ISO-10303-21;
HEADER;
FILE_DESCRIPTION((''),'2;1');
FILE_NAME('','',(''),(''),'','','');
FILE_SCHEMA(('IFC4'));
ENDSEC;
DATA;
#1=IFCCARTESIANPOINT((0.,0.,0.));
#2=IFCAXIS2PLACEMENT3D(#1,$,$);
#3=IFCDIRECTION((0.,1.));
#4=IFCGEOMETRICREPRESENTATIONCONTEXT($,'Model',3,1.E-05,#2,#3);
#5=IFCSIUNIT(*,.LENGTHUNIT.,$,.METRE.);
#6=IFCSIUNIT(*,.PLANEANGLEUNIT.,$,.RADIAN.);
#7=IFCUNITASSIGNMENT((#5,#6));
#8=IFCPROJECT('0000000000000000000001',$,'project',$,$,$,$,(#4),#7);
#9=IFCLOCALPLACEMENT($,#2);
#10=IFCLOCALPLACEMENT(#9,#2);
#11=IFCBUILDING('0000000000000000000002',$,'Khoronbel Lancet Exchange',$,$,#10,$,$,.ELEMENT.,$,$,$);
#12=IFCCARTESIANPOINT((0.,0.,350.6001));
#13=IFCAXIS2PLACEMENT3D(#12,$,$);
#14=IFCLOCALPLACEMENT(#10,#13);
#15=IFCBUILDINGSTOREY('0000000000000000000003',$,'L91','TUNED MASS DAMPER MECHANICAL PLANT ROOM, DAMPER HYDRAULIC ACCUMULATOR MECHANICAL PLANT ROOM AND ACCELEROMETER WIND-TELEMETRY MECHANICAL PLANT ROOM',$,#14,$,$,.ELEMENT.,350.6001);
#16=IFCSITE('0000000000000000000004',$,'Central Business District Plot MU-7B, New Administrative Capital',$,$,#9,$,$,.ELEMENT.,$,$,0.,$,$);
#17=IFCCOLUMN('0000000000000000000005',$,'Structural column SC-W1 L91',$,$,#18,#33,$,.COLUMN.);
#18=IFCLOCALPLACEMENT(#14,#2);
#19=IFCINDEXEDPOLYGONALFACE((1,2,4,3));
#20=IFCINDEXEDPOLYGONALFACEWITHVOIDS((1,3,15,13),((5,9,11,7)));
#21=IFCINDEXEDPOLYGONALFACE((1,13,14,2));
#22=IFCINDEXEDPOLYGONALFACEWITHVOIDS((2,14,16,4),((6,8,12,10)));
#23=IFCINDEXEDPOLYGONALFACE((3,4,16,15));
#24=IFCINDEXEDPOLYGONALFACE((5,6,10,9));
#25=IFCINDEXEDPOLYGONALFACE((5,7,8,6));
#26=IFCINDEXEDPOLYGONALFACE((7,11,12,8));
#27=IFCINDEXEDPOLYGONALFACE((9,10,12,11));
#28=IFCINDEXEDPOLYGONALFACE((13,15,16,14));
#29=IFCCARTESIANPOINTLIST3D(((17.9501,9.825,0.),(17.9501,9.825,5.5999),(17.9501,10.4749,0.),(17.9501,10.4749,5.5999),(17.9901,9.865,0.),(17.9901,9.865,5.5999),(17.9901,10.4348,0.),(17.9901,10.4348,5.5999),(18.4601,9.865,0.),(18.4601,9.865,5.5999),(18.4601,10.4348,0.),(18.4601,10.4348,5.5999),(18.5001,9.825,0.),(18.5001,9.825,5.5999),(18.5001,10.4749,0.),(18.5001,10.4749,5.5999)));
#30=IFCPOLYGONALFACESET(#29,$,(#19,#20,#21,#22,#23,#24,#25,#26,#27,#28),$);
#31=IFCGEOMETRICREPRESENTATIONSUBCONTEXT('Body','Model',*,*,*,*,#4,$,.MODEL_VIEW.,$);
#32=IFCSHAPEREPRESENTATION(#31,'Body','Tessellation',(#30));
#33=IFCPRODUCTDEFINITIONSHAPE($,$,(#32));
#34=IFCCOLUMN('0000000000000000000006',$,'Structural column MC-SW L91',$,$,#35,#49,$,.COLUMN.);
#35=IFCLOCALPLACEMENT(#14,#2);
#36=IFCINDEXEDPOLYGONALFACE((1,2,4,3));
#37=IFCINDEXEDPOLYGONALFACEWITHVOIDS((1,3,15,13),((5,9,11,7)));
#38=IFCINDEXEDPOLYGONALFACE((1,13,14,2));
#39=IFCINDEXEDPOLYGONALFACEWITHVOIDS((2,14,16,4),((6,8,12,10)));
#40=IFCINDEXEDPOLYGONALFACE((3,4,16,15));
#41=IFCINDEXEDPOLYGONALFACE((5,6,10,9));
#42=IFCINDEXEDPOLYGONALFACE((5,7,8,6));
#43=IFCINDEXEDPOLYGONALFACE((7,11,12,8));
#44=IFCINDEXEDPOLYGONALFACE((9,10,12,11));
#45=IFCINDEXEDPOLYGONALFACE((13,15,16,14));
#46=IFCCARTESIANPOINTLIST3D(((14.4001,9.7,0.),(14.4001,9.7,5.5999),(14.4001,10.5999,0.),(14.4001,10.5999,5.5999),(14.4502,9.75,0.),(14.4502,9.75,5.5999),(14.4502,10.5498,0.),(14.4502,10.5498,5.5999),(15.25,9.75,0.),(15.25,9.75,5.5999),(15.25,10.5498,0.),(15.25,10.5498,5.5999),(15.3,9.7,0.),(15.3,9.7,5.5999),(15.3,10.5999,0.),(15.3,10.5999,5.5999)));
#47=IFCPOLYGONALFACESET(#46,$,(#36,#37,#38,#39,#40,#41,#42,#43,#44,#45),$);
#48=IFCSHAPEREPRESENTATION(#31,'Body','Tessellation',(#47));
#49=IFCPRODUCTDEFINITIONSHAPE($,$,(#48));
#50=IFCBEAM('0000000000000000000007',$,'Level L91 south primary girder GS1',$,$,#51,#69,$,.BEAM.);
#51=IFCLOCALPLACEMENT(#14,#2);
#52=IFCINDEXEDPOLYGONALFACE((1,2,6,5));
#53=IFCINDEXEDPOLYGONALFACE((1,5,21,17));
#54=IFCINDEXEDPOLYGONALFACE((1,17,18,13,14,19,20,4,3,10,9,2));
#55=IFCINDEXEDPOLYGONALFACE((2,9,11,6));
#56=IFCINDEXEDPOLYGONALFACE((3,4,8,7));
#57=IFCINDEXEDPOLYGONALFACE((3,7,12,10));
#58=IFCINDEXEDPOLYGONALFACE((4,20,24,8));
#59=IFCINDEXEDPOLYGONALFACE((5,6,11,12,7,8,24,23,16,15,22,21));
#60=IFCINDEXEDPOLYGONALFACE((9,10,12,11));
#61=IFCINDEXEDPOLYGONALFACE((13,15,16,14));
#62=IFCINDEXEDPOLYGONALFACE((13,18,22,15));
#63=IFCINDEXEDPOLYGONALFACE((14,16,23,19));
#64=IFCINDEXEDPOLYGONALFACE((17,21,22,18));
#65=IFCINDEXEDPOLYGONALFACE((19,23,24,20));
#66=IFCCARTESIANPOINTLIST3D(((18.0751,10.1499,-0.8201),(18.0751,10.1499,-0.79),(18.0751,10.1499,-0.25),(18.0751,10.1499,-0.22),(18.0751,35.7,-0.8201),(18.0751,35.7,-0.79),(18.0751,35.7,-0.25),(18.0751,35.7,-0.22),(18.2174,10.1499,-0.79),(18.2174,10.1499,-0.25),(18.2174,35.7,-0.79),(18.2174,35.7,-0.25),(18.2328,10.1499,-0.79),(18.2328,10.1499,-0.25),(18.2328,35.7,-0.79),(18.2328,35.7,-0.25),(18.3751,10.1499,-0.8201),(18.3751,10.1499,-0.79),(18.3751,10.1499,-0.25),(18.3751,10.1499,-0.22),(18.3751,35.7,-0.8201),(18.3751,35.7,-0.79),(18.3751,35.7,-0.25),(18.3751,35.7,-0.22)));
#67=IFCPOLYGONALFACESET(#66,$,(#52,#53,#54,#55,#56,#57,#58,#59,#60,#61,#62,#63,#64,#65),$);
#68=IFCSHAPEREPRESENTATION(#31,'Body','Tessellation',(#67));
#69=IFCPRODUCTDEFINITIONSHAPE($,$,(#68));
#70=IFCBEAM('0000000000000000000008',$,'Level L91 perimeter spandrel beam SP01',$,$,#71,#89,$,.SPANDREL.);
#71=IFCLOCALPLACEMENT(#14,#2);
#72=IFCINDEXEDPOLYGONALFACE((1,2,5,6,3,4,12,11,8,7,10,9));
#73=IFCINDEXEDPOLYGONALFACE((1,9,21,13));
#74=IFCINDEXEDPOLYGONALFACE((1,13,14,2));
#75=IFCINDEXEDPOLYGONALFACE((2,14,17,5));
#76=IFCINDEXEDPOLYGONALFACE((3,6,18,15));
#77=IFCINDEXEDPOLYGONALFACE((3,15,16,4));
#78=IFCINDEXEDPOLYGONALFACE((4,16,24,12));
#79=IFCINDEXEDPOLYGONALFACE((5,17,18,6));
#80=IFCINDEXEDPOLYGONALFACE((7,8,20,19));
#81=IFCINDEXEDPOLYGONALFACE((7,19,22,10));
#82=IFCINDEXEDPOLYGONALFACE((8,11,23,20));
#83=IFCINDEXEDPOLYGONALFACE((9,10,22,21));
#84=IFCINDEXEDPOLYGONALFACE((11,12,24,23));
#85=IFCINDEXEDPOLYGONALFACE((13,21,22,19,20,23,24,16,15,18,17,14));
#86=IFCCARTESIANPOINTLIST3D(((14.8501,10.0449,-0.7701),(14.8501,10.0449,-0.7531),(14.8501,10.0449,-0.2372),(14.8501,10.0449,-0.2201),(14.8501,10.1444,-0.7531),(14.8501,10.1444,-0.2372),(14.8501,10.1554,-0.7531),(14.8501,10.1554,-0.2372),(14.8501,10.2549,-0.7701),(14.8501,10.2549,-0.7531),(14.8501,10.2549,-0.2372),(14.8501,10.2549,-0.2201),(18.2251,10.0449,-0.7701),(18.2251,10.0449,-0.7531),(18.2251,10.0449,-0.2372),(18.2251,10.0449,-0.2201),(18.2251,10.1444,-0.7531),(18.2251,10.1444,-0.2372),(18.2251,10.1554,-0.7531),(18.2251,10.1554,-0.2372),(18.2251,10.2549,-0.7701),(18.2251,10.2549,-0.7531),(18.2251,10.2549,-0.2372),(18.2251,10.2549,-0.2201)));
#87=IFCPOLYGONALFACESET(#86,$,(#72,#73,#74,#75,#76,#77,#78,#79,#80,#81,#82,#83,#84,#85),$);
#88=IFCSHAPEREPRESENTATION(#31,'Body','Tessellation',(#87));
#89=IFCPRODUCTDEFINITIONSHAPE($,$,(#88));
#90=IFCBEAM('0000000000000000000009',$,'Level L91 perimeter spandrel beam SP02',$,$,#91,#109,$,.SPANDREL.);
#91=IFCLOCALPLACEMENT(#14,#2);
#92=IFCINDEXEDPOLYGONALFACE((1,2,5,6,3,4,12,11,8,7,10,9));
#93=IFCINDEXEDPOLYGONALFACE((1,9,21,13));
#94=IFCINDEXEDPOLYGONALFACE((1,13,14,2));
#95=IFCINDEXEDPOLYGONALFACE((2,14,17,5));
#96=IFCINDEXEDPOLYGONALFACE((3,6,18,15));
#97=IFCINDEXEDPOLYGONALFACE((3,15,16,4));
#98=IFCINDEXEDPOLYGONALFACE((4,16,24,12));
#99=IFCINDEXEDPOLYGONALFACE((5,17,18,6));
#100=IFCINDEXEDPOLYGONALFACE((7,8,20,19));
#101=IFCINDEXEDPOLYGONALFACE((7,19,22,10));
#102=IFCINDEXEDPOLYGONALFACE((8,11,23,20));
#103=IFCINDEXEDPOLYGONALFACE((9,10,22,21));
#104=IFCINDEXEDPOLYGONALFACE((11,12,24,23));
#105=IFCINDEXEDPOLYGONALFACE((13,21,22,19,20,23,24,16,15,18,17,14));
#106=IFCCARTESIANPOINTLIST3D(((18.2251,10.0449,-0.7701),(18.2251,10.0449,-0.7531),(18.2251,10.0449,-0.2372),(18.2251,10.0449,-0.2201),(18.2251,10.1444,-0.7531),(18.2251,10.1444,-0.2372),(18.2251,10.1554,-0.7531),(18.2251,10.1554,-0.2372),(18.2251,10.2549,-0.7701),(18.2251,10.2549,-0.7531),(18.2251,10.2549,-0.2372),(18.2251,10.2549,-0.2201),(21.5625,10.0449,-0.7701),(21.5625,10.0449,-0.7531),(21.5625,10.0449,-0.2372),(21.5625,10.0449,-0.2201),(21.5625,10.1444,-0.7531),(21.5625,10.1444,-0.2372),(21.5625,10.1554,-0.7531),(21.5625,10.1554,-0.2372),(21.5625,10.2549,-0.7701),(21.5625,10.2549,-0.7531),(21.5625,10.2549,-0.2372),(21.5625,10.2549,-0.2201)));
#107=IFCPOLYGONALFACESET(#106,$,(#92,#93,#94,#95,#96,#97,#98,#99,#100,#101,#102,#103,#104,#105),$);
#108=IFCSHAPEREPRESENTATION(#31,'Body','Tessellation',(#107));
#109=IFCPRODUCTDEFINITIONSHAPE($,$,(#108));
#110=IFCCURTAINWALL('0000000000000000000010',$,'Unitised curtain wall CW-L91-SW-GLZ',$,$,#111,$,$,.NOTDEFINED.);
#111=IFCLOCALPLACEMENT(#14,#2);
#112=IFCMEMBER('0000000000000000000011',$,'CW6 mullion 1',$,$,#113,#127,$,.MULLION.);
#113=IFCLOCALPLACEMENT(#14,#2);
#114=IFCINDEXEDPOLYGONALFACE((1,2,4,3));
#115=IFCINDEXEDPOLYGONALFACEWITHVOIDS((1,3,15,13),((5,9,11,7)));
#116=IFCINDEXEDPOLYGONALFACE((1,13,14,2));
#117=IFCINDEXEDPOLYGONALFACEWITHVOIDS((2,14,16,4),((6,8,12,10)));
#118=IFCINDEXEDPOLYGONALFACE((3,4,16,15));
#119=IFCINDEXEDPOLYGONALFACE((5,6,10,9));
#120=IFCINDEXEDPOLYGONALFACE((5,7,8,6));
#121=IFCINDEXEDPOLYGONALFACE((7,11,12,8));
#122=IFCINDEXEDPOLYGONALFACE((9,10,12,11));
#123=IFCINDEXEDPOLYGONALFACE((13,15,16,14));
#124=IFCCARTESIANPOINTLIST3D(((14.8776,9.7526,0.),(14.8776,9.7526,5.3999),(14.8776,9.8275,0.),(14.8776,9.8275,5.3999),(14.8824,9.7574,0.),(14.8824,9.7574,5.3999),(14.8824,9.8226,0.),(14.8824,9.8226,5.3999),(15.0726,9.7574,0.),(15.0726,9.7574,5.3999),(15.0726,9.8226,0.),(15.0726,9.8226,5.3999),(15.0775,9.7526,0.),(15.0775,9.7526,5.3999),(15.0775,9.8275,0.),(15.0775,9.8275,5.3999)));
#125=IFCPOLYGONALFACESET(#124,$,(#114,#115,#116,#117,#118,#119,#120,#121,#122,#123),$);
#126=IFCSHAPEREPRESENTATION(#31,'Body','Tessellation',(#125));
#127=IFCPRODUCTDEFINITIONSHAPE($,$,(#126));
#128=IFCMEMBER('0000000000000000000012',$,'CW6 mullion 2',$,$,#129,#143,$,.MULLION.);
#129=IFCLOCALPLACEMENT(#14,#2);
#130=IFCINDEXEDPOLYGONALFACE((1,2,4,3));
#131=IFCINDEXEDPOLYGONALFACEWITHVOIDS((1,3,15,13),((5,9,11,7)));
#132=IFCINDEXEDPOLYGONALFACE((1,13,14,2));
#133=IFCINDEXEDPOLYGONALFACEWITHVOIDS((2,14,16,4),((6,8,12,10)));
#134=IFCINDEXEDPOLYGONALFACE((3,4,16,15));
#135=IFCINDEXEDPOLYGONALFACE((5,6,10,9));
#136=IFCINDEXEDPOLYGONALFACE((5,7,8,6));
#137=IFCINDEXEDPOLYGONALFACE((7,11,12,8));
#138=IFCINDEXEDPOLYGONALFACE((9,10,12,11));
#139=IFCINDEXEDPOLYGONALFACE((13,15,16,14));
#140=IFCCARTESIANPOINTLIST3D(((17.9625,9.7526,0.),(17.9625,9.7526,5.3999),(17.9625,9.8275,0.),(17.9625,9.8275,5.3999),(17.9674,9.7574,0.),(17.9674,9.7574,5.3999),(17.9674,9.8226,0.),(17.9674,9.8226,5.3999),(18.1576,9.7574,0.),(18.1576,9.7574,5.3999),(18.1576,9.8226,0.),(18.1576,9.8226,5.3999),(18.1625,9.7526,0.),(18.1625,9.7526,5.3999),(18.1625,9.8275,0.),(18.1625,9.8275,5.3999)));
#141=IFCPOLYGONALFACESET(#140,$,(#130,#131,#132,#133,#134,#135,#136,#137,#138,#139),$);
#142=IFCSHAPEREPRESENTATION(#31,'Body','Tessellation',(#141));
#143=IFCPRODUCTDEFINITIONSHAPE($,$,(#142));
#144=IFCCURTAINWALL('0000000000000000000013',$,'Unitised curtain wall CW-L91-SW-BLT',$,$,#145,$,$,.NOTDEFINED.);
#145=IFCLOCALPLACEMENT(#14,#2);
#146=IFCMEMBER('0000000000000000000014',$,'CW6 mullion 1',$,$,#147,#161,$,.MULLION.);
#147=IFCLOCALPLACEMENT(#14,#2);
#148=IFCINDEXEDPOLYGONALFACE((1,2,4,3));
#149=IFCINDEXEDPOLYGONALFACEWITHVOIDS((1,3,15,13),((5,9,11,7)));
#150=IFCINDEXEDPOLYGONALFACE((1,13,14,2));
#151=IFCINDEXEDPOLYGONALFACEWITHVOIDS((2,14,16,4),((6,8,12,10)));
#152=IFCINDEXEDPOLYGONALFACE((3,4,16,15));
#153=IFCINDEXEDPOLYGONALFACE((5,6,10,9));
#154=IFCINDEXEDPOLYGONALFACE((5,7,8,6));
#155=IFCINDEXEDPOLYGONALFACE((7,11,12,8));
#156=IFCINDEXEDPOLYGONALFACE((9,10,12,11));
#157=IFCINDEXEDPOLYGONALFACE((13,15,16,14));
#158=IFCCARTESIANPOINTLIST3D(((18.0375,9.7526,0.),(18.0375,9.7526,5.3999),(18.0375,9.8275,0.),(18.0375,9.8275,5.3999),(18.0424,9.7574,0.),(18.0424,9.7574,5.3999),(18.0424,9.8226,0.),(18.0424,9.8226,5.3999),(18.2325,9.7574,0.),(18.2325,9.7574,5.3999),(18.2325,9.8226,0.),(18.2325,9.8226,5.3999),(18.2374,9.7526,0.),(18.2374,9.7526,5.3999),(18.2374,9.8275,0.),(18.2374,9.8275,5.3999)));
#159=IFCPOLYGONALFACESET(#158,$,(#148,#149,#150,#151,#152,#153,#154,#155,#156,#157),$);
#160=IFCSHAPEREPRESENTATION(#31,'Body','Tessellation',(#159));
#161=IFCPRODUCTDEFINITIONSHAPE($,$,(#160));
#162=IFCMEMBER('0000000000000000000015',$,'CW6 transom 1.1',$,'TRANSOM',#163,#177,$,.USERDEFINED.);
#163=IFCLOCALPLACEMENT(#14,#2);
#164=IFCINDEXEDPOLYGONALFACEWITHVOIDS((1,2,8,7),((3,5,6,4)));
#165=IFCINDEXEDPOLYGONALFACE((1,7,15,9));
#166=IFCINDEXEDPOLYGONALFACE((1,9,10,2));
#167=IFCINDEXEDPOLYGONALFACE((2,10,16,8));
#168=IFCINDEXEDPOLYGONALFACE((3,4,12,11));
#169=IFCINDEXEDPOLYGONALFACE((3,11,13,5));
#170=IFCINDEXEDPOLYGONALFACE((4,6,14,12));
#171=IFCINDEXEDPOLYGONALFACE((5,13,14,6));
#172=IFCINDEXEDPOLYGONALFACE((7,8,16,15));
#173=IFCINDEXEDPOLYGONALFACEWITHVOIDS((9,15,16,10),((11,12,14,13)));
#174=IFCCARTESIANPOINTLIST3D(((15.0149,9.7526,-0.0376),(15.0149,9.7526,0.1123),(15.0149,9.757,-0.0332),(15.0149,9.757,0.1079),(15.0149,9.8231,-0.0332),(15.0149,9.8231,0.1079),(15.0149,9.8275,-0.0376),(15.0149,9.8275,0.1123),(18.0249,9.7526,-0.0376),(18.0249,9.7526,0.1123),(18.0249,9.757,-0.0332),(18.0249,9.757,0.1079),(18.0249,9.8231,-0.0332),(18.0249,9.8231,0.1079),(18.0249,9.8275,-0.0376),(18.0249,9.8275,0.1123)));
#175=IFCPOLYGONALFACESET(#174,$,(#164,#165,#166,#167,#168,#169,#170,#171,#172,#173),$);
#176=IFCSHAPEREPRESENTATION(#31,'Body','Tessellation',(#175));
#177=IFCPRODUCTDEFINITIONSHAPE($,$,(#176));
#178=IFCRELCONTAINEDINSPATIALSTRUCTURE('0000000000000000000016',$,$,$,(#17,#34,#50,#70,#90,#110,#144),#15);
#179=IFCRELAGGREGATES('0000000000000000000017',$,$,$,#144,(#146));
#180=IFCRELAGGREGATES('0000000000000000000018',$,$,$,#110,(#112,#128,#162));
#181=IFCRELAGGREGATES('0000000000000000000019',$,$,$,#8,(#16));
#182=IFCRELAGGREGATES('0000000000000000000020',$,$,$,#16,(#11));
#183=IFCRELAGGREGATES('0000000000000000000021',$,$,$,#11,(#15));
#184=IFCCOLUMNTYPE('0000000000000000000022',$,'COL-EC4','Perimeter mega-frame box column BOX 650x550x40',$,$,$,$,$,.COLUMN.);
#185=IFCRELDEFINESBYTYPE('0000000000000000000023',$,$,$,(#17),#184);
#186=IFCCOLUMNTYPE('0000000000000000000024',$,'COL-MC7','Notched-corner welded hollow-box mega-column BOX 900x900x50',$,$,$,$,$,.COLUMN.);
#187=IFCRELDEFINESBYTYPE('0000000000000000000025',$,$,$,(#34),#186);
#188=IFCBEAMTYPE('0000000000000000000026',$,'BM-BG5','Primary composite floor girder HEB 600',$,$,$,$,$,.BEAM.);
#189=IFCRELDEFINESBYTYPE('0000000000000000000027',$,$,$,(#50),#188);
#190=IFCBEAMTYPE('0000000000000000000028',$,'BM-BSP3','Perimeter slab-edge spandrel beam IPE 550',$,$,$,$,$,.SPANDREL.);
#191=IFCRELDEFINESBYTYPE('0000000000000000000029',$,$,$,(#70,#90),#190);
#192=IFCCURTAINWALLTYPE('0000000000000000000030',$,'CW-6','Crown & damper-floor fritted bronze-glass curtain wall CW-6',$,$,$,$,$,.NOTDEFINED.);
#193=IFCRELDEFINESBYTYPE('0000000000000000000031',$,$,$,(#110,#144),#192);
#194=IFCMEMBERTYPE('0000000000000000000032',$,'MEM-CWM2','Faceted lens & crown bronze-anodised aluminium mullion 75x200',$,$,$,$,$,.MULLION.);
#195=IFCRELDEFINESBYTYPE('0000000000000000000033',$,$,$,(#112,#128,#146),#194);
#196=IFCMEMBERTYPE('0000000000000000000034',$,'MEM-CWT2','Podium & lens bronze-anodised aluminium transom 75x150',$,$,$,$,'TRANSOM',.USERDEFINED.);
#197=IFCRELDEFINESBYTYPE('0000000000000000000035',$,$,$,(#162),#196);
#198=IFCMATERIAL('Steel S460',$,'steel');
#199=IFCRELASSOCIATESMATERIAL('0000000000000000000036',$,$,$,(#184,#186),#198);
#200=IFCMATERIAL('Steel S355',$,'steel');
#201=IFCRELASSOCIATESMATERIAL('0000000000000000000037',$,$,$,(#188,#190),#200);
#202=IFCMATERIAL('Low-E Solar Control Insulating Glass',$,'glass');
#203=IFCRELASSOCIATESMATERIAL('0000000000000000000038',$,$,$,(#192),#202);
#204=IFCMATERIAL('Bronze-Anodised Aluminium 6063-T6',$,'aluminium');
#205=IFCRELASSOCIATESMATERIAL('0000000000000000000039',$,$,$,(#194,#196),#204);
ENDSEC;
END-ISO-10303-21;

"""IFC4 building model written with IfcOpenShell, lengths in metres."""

from ifc_helpers import new_model, si_unit, direction, frame, origin, origin_2d, place, context, subcontext, project, spatial, hollow_rectangle, i_section, extrude, material, material_profile, profile_set, type_object, element, aggregate, save


model = new_model("IFC4")

# Units and contexts
model_context = context("Model", 3, precision=1e-05, world=origin(), true_north=direction((0.0, 1.0)))
body_context = subcontext(model_context, "Body", "Model", "MODEL_VIEW")
ifc_project = project(units=[si_unit("LENGTHUNIT", "METRE"), si_unit("PLANEANGLEUNIT", "RADIAN")], contexts=[model_context])

# Site, building, storey
site_placement = place(None, origin())
site = spatial("IfcSite", under=ifc_project, at=site_placement, Name="Central Business District Plot MU-7B, New Administrative Capital", CompositionType="ELEMENT", RefElevation=0.0)
building_placement = place(site_placement, origin())
building = spatial("IfcBuilding", under=site, at=building_placement, Name="Khoronbel Lancet Exchange", CompositionType="ELEMENT")
storey_placement = place(building_placement, frame((0.0, 0.0, 350.6001)))
storey = spatial("IfcBuildingStorey", under=building, at=storey_placement, Name="L91", Description="TUNED MASS DAMPER MECHANICAL PLANT ROOM, DAMPER HYDRAULIC ACCUMULATOR MECHANICAL PLANT ROOM AND ACCELEROMETER WIND-TELEMETRY MECHANICAL PLANT ROOM", CompositionType="ELEMENT", Elevation=350.6001)

# Columns
ifc_material_1 = material(Name="Steel S460", Category="steel")
ifc_material_profile_1 = material_profile(ifc_material_1, hollow_rectangle(XDim=0.55, YDim=0.6499, WallThickness=0.04, at=origin_2d()), Name="BOX 650x550x40")
ifc_profile_set_1 = profile_set([ifc_material_profile_1], Name="Steel S460")
column_type_1 = type_object("IfcColumnType", Name="COL-EC4", Description="Perimeter mega-frame box column BOX 650x550x40", PredefinedType="COLUMN", material=ifc_profile_set_1)
column_1_placement = place(storey_placement, frame((18.2251, 10.1499, 0.0), z_axis=(0.0, 0.0, 1.0), x_axis=(1.0, 0.0, 0.0)))
element("IfcColumn", 1, at=column_1_placement, inside=storey, type_object=column_type_1, Name="Structural column SC-W1 L91", PredefinedType="COLUMN", context=body_context, shape_type="SweptSolid", body=[
    extrude(hollow_rectangle(XDim=0.55, YDim=0.6499, WallThickness=0.04, at=origin_2d()), origin(), (0.0, 0.0, 1.0), 5.5999),
])
ifc_material_profile_2 = material_profile(ifc_material_1, hollow_rectangle(XDim=0.8999, YDim=0.8999, WallThickness=0.05, at=origin_2d()), Name="BOX 900x900x50")
ifc_profile_set_2 = profile_set([ifc_material_profile_2], Name="Steel S460")
column_type_2 = type_object("IfcColumnType", Name="COL-MC7", Description="Notched-corner welded hollow-box mega-column BOX 900x900x50", PredefinedType="COLUMN", material=ifc_profile_set_2)
column_2_placement = place(storey_placement, frame((14.8501, 10.1499, 0.0), z_axis=(0.0, 0.0, 1.0), x_axis=(1.0, 0.0, 0.0)))
element("IfcColumn", 2, at=column_2_placement, inside=storey, type_object=column_type_2, Name="Structural column MC-SW L91", PredefinedType="COLUMN", context=body_context, shape_type="SweptSolid", body=[
    extrude(hollow_rectangle(XDim=0.8999, YDim=0.8999, WallThickness=0.05, at=origin_2d()), origin(), (0.0, 0.0, 1.0), 5.5999),
])

# Beams
ifc_material_2 = material(Name="Steel S355", Category="steel")
ifc_material_profile_3 = material_profile(ifc_material_2, i_section(OverallWidth=0.3, OverallDepth=0.6001, WebThickness=0.0154, FlangeThickness=0.03, at=origin_2d()), Name="HEB 600")
ifc_profile_set_3 = profile_set([ifc_material_profile_3], Name="Steel S355")
beam_type_1 = type_object("IfcBeamType", Name="BM-BG5", Description="Primary composite floor girder HEB 600", PredefinedType="BEAM", material=ifc_profile_set_3)
beam_1_placement = place(storey_placement, frame((18.2251, 10.1499, -0.52), z_axis=(0.0, 1.0, 0.0), x_axis=(-1.0, 0.0, 0.0)))
element("IfcBeam", 3, at=beam_1_placement, inside=storey, type_object=beam_type_1, Name="Level L91 south primary girder GS1", PredefinedType="BEAM", context=body_context, shape_type="SweptSolid", body=[
    extrude(i_section(OverallWidth=0.3, OverallDepth=0.6001, WebThickness=0.0154, FlangeThickness=0.03, at=origin_2d()), origin(), (0.0, 0.0, 1.0), 25.55),
])
ifc_material_profile_4 = material_profile(ifc_material_2, i_section(OverallWidth=0.21, OverallDepth=0.55, WebThickness=0.011, FlangeThickness=0.0171, at=origin_2d()), Name="IPE 550")
ifc_profile_set_4 = profile_set([ifc_material_profile_4], Name="Steel S355")
beam_type_2 = type_object("IfcBeamType", Name="BM-BSP3", Description="Perimeter slab-edge spandrel beam IPE 550", PredefinedType="SPANDREL", material=ifc_profile_set_4)
beam_2_placement = place(storey_placement, frame((14.8501, 10.1499, -0.4951), z_axis=(1.0, 0.0, 0.0), x_axis=(0.0, 1.0, 0.0)))
element("IfcBeam", 4, at=beam_2_placement, inside=storey, type_object=beam_type_2, Name="Level L91 perimeter spandrel beam SP01", PredefinedType="SPANDREL", context=body_context, shape_type="SweptSolid", body=[
    extrude(i_section(OverallWidth=0.21, OverallDepth=0.55, WebThickness=0.011, FlangeThickness=0.0171, at=origin_2d()), origin(), (0.0, 0.0, 1.0), 3.375),
])
beam_3_placement = place(storey_placement, frame((18.2251, 10.1499, -0.4951), z_axis=(1.0, 0.0, 0.0), x_axis=(0.0, 1.0, 0.0)))
element("IfcBeam", 5, at=beam_3_placement, inside=storey, type_object=beam_type_2, Name="Level L91 perimeter spandrel beam SP02", PredefinedType="SPANDREL", context=body_context, shape_type="SweptSolid", body=[
    extrude(i_section(OverallWidth=0.21, OverallDepth=0.55, WebThickness=0.011, FlangeThickness=0.0171, at=origin_2d()), origin(), (0.0, 0.0, 1.0), 3.3374),
])

# Curtain wall, members
ifc_material_3 = material(Name="Low-E Solar Control Insulating Glass", Category="glass")
curtain_wall_type = type_object("IfcCurtainWallType", Name="CW-6", Description="Crown & damper-floor fritted bronze-glass curtain wall CW-6", PredefinedType="NOTDEFINED", material=ifc_material_3)
curtain_wall_1_placement = place(storey_placement, origin())
curtain_wall_1 = element("IfcCurtainWall", 6, at=curtain_wall_1_placement, inside=storey, type_object=curtain_wall_type, Name="Unitised curtain wall CW-L91-SW-GLZ", PredefinedType="NOTDEFINED")
ifc_material_4 = material(Name="Bronze-Anodised Aluminium 6063-T6", Category="aluminium")
ifc_material_profile_5 = material_profile(ifc_material_4, hollow_rectangle(XDim=0.075, YDim=0.2, WallThickness=0.0049, at=origin_2d()), Name="ALU MULLION 75x200")
ifc_profile_set_5 = profile_set([ifc_material_profile_5], Name="Bronze-Anodised Aluminium 6063-T6")
member_type_1 = type_object("IfcMemberType", Name="MEM-CWM2", Description="Faceted lens & crown bronze-anodised aluminium mullion 75x200", PredefinedType="MULLION", material=ifc_profile_set_5)
member_1_placement = place(storey_placement, frame((14.9775, 9.79, 0.0), z_axis=(0.0, 0.0, 1.0), x_axis=(0.0, 1.0, 0.0)))
member_1 = element("IfcMember", 7, at=member_1_placement, type_object=member_type_1, Name="CW6 mullion 1", PredefinedType="MULLION", context=body_context, shape_type="SweptSolid", body=[
    extrude(hollow_rectangle(XDim=0.075, YDim=0.2, WallThickness=0.0049, at=origin_2d()), origin(), (0.0, 0.0, 1.0), 5.3999),
])
member_2_placement = place(storey_placement, frame((18.0625, 9.79, 0.0), z_axis=(0.0, 0.0, 1.0), x_axis=(0.0, 1.0, 0.0)))
member_2 = element("IfcMember", 8, at=member_2_placement, type_object=member_type_1, Name="CW6 mullion 2", PredefinedType="MULLION", context=body_context, shape_type="SweptSolid", body=[
    extrude(hollow_rectangle(XDim=0.075, YDim=0.2, WallThickness=0.0049, at=origin_2d()), origin(), (0.0, 0.0, 1.0), 5.3999),
])

# Curtain wall, member
curtain_wall_2_placement = place(storey_placement, origin())
curtain_wall_2 = element("IfcCurtainWall", 9, at=curtain_wall_2_placement, inside=storey, type_object=curtain_wall_type, Name="Unitised curtain wall CW-L91-SW-BLT", PredefinedType="NOTDEFINED")
member_3_placement = place(storey_placement, frame((18.1375, 9.79, 0.0), z_axis=(0.0, 0.0, 1.0), x_axis=(0.0, 1.0, 0.0)))
member_3 = element("IfcMember", 10, at=member_3_placement, type_object=member_type_1, Name="CW6 mullion 1", PredefinedType="MULLION", context=body_context, shape_type="SweptSolid", body=[
    extrude(hollow_rectangle(XDim=0.075, YDim=0.2, WallThickness=0.0049, at=origin_2d()), origin(), (0.0, 0.0, 1.0), 5.3999),
])

# Member
ifc_material_profile_6 = material_profile(ifc_material_4, hollow_rectangle(XDim=0.075, YDim=0.1499, WallThickness=0.0044, at=origin_2d()), Name="ALU TRANSOM 75x150")
ifc_profile_set_6 = profile_set([ifc_material_profile_6], Name="Bronze-Anodised Aluminium 6063-T6")
member_type_2 = type_object("IfcMemberType", Name="MEM-CWT2", Description="Podium & lens bronze-anodised aluminium transom 75x150", ElementType="TRANSOM", PredefinedType="USERDEFINED", material=ifc_profile_set_6)
member_4_placement = place(storey_placement, frame((15.0149, 9.79, 0.0374), z_axis=(1.0, 0.0, 0.0), x_axis=(0.0, 1.0, 0.0)))
member_4 = element("IfcMember", 11, at=member_4_placement, type_object=member_type_2, Name="CW6 transom 1.1", ObjectType="TRANSOM", PredefinedType="USERDEFINED", context=body_context, shape_type="SweptSolid", body=[
    extrude(hollow_rectangle(XDim=0.075, YDim=0.1499, WallThickness=0.0044, at=origin_2d()), origin(), (0.0, 0.0, 1.0), 3.01),
])
aggregate(curtain_wall_2, [member_3])

aggregate(curtain_wall_1, [member_1, member_2, member_4])

save(model, "model.ifc")
